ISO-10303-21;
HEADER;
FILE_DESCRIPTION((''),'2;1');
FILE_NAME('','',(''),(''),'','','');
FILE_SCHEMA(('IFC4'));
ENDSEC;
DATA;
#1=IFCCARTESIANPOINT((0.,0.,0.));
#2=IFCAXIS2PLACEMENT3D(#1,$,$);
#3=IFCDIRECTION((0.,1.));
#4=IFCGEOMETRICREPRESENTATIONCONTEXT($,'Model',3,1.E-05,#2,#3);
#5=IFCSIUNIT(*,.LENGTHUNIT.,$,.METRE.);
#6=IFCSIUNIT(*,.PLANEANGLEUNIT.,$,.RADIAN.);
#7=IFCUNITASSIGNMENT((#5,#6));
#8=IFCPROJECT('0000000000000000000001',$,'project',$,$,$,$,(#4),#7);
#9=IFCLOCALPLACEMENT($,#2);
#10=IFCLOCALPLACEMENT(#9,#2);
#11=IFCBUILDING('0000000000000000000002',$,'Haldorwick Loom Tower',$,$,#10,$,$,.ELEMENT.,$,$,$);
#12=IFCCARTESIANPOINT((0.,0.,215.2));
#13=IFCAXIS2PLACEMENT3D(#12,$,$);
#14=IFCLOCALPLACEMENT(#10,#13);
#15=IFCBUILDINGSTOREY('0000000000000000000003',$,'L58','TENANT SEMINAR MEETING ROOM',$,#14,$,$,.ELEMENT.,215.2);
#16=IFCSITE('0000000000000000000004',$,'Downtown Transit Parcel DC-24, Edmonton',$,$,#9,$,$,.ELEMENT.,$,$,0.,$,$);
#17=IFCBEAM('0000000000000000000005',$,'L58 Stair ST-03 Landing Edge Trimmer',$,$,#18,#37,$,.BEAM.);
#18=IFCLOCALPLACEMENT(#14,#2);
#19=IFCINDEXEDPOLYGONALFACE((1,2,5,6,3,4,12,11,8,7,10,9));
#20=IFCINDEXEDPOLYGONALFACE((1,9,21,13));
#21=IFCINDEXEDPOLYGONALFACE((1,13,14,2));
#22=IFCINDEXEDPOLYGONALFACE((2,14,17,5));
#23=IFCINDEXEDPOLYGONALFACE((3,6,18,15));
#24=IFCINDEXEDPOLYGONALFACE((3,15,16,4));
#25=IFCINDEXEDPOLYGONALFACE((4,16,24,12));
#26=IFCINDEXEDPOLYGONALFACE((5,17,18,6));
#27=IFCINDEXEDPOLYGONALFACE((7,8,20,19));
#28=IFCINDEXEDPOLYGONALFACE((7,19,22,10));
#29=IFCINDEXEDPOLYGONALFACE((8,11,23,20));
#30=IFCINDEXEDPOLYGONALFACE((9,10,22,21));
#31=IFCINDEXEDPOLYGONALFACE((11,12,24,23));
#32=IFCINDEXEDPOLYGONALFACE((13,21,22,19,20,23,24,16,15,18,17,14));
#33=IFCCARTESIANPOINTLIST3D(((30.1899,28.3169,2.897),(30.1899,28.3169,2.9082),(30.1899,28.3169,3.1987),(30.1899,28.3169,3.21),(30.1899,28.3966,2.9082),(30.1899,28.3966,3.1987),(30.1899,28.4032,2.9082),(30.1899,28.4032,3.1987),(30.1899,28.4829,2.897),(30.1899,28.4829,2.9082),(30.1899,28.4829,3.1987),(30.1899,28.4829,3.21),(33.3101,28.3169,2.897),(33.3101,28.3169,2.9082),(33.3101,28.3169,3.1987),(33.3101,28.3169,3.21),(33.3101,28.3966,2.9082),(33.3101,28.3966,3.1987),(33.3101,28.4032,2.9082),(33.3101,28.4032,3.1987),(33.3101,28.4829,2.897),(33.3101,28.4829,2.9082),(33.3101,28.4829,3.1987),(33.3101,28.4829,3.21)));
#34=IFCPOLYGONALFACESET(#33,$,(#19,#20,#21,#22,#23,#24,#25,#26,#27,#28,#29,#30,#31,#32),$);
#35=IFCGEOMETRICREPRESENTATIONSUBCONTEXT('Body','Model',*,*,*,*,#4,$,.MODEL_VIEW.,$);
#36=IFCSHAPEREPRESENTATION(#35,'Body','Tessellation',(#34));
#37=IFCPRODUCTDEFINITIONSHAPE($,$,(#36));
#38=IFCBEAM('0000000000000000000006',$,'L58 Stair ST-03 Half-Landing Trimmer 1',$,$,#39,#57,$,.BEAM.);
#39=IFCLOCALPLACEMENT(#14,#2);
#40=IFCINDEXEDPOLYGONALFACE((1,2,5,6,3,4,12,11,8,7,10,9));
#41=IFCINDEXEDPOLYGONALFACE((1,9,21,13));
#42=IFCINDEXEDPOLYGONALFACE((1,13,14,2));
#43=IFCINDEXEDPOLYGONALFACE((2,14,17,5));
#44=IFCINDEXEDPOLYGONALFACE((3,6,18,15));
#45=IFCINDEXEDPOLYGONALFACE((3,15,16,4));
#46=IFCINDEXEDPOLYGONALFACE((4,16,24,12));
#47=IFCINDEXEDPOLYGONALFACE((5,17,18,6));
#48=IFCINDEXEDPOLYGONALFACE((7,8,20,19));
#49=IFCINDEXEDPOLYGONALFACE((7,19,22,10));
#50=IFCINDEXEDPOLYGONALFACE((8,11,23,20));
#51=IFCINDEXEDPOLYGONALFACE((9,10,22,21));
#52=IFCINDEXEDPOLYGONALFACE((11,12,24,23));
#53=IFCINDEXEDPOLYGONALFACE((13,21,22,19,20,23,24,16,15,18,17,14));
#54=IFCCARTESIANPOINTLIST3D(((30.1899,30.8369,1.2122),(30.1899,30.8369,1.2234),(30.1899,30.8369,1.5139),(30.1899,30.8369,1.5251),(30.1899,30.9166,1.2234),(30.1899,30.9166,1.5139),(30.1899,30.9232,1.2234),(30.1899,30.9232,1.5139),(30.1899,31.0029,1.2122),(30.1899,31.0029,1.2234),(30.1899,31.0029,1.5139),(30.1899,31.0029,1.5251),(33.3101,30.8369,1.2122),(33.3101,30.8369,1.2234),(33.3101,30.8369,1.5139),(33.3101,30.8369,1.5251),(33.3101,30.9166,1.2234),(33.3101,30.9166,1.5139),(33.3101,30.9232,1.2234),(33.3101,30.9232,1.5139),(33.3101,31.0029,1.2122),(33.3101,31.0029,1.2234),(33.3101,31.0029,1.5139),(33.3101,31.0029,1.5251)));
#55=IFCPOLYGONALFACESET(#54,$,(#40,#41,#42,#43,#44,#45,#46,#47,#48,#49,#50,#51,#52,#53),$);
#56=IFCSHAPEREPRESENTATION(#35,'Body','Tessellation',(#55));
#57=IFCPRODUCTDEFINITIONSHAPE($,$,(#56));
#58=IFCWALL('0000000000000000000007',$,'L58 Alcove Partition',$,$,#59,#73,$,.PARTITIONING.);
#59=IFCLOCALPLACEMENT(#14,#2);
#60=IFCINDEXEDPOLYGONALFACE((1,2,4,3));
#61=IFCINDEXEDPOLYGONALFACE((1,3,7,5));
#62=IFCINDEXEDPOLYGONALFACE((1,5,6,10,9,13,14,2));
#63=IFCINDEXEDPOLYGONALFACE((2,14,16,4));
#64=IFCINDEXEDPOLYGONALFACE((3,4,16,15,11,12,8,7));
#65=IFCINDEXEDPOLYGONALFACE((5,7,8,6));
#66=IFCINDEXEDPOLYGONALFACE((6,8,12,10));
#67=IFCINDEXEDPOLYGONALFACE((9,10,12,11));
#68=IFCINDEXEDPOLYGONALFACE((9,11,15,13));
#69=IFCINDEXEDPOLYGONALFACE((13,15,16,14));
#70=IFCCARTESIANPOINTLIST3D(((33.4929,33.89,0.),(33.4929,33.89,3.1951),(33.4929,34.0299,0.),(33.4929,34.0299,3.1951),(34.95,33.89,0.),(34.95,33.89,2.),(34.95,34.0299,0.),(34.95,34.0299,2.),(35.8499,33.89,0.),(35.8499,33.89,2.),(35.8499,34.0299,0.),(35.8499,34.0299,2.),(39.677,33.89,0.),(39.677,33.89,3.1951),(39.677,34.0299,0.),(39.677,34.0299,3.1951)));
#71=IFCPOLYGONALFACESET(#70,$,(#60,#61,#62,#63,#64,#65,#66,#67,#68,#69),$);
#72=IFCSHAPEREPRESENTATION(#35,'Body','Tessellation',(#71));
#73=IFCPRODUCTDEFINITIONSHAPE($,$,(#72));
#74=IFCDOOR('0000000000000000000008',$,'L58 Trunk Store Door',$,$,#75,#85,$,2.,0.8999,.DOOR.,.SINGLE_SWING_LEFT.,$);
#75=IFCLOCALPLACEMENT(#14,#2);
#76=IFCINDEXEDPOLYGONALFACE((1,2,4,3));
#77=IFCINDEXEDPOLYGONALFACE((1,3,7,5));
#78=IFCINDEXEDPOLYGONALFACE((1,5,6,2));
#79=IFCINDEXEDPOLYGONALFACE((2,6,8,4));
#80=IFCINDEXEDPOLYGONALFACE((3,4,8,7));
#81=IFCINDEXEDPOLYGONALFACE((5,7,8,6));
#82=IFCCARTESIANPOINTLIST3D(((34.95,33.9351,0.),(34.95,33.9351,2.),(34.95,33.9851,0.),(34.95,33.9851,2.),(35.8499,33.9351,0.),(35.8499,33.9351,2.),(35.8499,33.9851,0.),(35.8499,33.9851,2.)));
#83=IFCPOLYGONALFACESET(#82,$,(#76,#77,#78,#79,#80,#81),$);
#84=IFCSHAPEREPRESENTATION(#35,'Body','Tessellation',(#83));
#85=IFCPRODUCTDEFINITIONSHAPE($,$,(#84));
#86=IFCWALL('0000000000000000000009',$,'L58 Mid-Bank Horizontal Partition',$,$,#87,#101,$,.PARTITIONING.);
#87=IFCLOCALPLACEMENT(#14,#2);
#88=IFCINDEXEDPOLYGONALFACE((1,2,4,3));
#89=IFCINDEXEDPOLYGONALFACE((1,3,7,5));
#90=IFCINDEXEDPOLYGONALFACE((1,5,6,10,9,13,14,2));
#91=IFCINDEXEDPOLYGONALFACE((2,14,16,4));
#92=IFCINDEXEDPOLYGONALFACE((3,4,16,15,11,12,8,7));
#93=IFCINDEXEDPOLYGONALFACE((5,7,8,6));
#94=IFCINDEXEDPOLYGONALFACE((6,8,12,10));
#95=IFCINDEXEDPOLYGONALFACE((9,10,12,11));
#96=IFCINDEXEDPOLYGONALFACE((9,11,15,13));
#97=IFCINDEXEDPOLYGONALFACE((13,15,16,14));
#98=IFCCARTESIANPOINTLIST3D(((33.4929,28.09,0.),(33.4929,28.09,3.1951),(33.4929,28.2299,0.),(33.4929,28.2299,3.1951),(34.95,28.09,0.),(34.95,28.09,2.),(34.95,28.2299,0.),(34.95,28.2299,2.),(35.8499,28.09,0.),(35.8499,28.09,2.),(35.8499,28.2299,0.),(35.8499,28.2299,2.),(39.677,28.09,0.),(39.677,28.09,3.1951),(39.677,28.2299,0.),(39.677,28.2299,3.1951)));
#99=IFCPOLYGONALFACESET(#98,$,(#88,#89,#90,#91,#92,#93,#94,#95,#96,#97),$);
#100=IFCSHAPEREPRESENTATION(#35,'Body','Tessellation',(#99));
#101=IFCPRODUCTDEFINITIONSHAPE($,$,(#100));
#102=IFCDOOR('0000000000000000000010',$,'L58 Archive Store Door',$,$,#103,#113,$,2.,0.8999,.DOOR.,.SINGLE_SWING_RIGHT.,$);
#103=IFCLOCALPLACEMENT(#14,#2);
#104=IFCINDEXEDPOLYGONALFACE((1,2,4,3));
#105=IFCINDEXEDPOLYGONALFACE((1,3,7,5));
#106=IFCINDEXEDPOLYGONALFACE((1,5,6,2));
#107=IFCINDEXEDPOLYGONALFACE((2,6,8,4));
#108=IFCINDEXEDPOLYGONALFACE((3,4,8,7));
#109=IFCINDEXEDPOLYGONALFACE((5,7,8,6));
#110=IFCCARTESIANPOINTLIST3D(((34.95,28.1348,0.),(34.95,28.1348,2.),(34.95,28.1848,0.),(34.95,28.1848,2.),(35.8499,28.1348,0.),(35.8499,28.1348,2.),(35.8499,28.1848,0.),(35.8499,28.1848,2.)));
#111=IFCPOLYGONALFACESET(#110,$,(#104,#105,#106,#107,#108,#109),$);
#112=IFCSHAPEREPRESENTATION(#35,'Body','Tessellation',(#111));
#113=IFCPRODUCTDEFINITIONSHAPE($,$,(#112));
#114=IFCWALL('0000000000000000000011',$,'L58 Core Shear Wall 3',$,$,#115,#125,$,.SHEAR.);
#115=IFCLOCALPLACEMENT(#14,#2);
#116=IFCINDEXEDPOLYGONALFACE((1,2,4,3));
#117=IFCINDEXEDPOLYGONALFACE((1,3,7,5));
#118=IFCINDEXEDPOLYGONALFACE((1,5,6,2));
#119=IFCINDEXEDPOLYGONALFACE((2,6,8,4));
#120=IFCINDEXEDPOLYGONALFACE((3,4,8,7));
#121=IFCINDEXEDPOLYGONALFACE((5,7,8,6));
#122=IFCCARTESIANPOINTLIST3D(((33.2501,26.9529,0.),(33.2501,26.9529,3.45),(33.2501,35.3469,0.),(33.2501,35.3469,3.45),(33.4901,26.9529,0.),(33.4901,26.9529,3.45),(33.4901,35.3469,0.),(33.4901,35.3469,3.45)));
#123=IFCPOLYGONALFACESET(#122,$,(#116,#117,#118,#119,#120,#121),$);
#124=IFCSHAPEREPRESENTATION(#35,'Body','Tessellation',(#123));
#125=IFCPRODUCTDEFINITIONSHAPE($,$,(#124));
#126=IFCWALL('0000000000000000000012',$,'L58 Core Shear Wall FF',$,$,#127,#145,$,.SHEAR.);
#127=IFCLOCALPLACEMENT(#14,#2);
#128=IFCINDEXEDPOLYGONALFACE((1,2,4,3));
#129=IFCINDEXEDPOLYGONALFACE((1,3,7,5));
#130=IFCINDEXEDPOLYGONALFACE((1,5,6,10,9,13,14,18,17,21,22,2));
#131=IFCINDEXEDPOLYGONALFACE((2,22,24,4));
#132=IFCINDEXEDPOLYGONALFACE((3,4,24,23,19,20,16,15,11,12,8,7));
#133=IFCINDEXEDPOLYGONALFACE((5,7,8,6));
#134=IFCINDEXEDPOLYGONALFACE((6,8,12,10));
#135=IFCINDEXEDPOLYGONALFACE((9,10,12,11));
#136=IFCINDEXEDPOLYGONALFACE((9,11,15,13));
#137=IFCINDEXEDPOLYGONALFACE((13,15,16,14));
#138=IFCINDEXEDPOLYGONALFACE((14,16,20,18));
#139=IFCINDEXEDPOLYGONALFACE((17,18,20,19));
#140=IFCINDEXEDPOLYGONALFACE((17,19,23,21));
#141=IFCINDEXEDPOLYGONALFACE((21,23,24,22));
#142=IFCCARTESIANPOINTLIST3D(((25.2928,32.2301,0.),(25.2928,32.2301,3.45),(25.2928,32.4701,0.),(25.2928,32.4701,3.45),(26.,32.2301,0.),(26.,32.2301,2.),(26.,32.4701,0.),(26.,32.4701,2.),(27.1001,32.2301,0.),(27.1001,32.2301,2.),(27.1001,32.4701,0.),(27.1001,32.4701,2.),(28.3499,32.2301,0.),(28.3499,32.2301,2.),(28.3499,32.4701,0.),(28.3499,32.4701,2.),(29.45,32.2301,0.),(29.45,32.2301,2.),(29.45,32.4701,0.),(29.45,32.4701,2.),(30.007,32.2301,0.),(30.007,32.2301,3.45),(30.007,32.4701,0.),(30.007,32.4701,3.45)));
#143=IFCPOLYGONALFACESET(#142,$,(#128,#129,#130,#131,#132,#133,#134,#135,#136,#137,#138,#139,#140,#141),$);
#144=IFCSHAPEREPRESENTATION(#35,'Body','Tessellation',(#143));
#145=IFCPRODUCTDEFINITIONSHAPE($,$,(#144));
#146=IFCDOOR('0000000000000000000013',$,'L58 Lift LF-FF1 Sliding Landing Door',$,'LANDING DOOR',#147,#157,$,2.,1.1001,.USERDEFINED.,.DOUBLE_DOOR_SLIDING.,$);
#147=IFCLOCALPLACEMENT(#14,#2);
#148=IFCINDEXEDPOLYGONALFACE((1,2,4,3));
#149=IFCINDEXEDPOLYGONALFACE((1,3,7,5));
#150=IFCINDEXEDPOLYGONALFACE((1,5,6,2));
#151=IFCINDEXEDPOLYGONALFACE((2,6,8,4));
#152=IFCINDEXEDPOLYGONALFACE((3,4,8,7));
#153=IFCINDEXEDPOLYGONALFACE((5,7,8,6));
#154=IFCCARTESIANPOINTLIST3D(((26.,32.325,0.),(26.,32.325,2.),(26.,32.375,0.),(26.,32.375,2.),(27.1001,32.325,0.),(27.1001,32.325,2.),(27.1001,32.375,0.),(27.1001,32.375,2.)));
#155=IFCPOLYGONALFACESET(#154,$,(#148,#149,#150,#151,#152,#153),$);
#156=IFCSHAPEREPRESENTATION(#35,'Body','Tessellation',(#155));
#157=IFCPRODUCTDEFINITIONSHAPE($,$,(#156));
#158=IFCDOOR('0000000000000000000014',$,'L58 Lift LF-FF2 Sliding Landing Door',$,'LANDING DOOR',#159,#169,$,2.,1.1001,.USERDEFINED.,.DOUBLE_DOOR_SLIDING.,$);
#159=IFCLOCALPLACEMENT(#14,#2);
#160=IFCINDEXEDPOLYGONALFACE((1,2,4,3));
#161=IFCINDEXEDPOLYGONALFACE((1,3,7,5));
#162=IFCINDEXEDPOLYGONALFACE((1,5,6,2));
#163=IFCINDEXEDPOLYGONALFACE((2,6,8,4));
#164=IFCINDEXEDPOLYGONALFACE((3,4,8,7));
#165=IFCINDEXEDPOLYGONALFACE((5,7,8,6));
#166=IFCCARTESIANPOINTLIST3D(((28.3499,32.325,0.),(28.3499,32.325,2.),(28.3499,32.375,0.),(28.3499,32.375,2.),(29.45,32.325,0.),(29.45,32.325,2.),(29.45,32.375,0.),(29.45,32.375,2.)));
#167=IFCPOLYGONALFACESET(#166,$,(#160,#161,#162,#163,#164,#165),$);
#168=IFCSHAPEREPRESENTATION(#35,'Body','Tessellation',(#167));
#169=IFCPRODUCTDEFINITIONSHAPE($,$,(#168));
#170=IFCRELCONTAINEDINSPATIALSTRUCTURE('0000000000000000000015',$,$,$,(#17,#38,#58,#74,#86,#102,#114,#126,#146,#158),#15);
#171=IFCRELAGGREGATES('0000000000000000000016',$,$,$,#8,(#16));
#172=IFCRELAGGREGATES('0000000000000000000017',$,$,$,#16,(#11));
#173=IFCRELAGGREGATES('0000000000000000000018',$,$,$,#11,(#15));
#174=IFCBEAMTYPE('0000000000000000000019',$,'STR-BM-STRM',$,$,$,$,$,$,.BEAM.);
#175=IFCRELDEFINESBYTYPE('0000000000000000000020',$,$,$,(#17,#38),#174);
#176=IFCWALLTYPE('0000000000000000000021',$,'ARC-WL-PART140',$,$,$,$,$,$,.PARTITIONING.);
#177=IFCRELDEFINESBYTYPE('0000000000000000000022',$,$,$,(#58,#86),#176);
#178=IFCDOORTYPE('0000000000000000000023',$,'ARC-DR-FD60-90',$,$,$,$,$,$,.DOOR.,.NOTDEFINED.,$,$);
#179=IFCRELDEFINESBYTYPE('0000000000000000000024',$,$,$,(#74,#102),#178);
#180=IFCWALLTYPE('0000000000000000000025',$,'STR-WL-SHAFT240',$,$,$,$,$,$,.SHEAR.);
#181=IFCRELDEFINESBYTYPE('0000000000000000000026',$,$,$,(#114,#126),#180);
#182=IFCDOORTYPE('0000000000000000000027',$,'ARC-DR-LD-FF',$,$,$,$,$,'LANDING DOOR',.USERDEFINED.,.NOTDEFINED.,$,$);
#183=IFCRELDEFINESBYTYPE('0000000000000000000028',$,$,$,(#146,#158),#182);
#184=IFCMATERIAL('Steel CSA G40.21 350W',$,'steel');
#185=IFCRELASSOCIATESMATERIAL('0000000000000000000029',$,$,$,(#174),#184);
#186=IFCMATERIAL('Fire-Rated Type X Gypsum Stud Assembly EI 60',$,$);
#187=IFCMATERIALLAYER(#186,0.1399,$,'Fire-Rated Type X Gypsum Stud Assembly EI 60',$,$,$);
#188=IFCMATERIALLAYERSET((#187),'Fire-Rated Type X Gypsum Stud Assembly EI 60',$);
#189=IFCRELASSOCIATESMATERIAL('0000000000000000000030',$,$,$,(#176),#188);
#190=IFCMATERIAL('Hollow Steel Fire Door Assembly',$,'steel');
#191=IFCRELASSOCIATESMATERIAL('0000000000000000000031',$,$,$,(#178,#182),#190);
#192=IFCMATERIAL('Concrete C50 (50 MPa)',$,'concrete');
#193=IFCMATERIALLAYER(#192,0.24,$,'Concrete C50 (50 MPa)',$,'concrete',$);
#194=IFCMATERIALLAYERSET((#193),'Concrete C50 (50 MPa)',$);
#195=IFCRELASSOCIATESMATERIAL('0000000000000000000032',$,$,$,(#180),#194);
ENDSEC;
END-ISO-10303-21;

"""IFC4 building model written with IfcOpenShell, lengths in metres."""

from ifc_helpers import new_model, si_unit, direction, frame, frame_2d, origin, origin_2d, place, context, subcontext, project, spatial, rectangle, i_section, extrude, material, layer, layer_set, material_profile, profile_set, type_object, element, fill, save


model = new_model("IFC4")

# Units and contexts
model_context = context("Model", 3, precision=1e-05, world=origin(), true_north=direction((0.0, 1.0)))
body_context = subcontext(model_context, "Body", "Model", "MODEL_VIEW")
ifc_project = project(units=[si_unit("LENGTHUNIT", "METRE"), si_unit("PLANEANGLEUNIT", "RADIAN")], contexts=[model_context])

# Site, building, storey
site_placement = place(None, origin())
site = spatial("IfcSite", under=ifc_project, at=site_placement, Name="Downtown Transit Parcel DC-24, Edmonton", CompositionType="ELEMENT", RefElevation=0.0)
building_placement = place(site_placement, origin())
building = spatial("IfcBuilding", under=site, at=building_placement, Name="Haldorwick Loom Tower", CompositionType="ELEMENT")
storey_placement = place(building_placement, frame((0.0, 0.0, 215.2)))
storey = spatial("IfcBuildingStorey", under=building, at=storey_placement, Name="L58", Description="TENANT SEMINAR MEETING ROOM", CompositionType="ELEMENT", Elevation=215.2)

# Beams
ifc_material_1 = material(Name="Steel CSA G40.21 350W", Category="steel")
ifc_material_profile = material_profile(ifc_material_1, i_section(OverallWidth=0.166, OverallDepth=0.313, WebThickness=0.0066, FlangeThickness=0.0112, at=origin_2d()), Name="W310X45", Category="steel")
ifc_profile_set = profile_set([ifc_material_profile], Name="Steel CSA G40.21 350W")
beam_type = type_object("IfcBeamType", Name="STR-BM-STRM", PredefinedType="BEAM", material=ifc_profile_set)
for number, where, z_axis, x_axis, name in (
    (1, (30.1899, 28.3999, 3.0535), (1.0, 0.0, 0.0), (0.0, 1.0, 0.0), "L58 Stair ST-03 Landing Edge Trimmer"),
    (2, (30.1899, 30.9199, 1.3687), (1.0, 0.0, 0.0), (0.0, 1.0, 0.0), "L58 Stair ST-03 Half-Landing Trimmer 1"),
):
    element("IfcBeam", number, at=place(storey_placement, frame(where, z_axis=z_axis, x_axis=x_axis)), inside=storey, type_object=beam_type, Name=name, PredefinedType="BEAM", context=body_context, shape_type="SweptSolid", body=[
        extrude(i_section(OverallWidth=0.166, OverallDepth=0.313, WebThickness=0.0066, FlangeThickness=0.0112, at=origin_2d()), origin(), (0.0, 0.0, 1.0), 3.1201),
    ])

# Walls, openings, doors
ifc_material_2 = material(Name="Fire-Rated Type X Gypsum Stud Assembly EI 60")
ifc_layer_1 = layer(ifc_material_2, 0.1399, Name="Fire-Rated Type X Gypsum Stud Assembly EI 60")
ifc_layer_set_1 = layer_set([ifc_layer_1], Name="Fire-Rated Type X Gypsum Stud Assembly EI 60")
wall_type_1 = type_object("IfcWallType", Name="ARC-WL-PART140", PredefinedType="PARTITIONING", material=ifc_layer_set_1)
wall_1_placement = place(storey_placement, frame((33.4929, 33.96, 0.0), z_axis=(0.0, 0.0, 1.0), x_axis=(1.0, 0.0, 0.0)))
wall_1 = element("IfcWall", 3, at=wall_1_placement, inside=storey, type_object=wall_type_1, Name="L58 Alcove Partition", PredefinedType="PARTITIONING", context=body_context, shape_type="SweptSolid", body=[
    extrude(rectangle(XDim=6.1841, YDim=0.1399, at=frame_2d((3.092, 0.0))), origin(), (0.0, 0.0, 1.0), 3.1951),
])
opening_1_placement = place(wall_1_placement, frame((1.457, 0.0, 0.0)))
opening_1 = element("IfcOpeningElement", 4, at=opening_1_placement, cuts=wall_1, PredefinedType="OPENING", context=body_context, shape_type="SweptSolid", body=[
    extrude(rectangle(XDim=0.8999, YDim=2.0, at=frame_2d((0.45, 1.0))), frame((0.0, 0.0798, 0.0), z_axis=(0.0, -1.0, 0.0), x_axis=(1.0, 0.0, 0.0)), (0.0, 0.0, 1.0), 0.1599),
])
ifc_material_3 = material(Name="Hollow Steel Fire Door Assembly", Category="steel")
door_type_1 = type_object("IfcDoorType", Name="ARC-DR-FD60-90", OperationType="NOTDEFINED", PredefinedType="DOOR", material=ifc_material_3)
door_1_placement = place(opening_1_placement, frame((0.8999, 0.0, 0.0), z_axis=(0.0, 0.0, 1.0), x_axis=(-1.0, 0.0, 0.0)))
door_1 = element("IfcDoor", 5, at=door_1_placement, inside=storey, type_object=door_type_1, Name="L58 Trunk Store Door", OperationType="SINGLE_SWING_LEFT", OverallHeight=2.0, OverallWidth=0.8999, PredefinedType="DOOR", context=body_context, shape_type="SweptSolid", body=[
    extrude(rectangle(XDim=0.8999, YDim=2.0, at=frame_2d((0.45, 1.0))), frame((0.0, 0.0249, 0.0), z_axis=(0.0, -1.0, 0.0), x_axis=(1.0, 0.0, 0.0)), (0.0, 0.0, 1.0), 0.05),
])
fill(opening_1, door_1)
wall_2_placement = place(storey_placement, frame((33.4929, 28.1599, 0.0), z_axis=(0.0, 0.0, 1.0), x_axis=(1.0, 0.0, 0.0)))
wall_2 = element("IfcWall", 6, at=wall_2_placement, inside=storey, type_object=wall_type_1, Name="L58 Mid-Bank Horizontal Partition", PredefinedType="PARTITIONING", context=body_context, shape_type="SweptSolid", body=[
    extrude(rectangle(XDim=6.1841, YDim=0.1399, at=frame_2d((3.092, 0.0))), origin(), (0.0, 0.0, 1.0), 3.1951),
])
opening_2_placement = place(wall_2_placement, frame((1.457, 0.0, 0.0)))
opening_2 = element("IfcOpeningElement", 7, at=opening_2_placement, cuts=wall_2, PredefinedType="OPENING", context=body_context, shape_type="SweptSolid", body=[
    extrude(rectangle(XDim=0.8999, YDim=2.0, at=frame_2d((0.45, 1.0))), frame((0.0, 0.0798, 0.0), z_axis=(0.0, -1.0, 0.0), x_axis=(1.0, 0.0, 0.0)), (0.0, 0.0, 1.0), 0.1599),
])
door_2_placement = place(opening_2_placement, origin())
door_2 = element("IfcDoor", 8, at=door_2_placement, inside=storey, type_object=door_type_1, Name="L58 Archive Store Door", OperationType="SINGLE_SWING_RIGHT", OverallHeight=2.0, OverallWidth=0.8999, PredefinedType="DOOR", context=body_context, shape_type="SweptSolid", body=[
    extrude(rectangle(XDim=0.8999, YDim=2.0, at=frame_2d((0.45, 1.0))), frame((0.0, 0.0249, 0.0), z_axis=(0.0, -1.0, 0.0), x_axis=(1.0, 0.0, 0.0)), (0.0, 0.0, 1.0), 0.05),
])
fill(opening_2, door_2)

# Wall
ifc_material_4 = material(Name="Concrete C50 (50 MPa)", Category="concrete")
ifc_layer_2 = layer(ifc_material_4, 0.24, Name="Concrete C50 (50 MPa)", Category="concrete")
ifc_layer_set_2 = layer_set([ifc_layer_2], Name="Concrete C50 (50 MPa)")
wall_type_2 = type_object("IfcWallType", Name="STR-WL-SHAFT240", PredefinedType="SHEAR", material=ifc_layer_set_2)
wall_3_placement = place(storey_placement, frame((33.3701, 26.9529, 0.0), z_axis=(0.0, 0.0, 1.0), x_axis=(0.0, 1.0, 0.0)))
element("IfcWall", 9, at=wall_3_placement, inside=storey, type_object=wall_type_2, Name="L58 Core Shear Wall 3", PredefinedType="SHEAR", context=body_context, shape_type="SweptSolid", body=[
    extrude(rectangle(XDim=8.394, YDim=0.24, at=frame_2d((4.197, 0.0))), origin(), (0.0, 0.0, 1.0), 3.45),
])

# Wall, openings, doors
wall_4_placement = place(storey_placement, frame((25.293, 32.3501, 0.0), z_axis=(0.0, 0.0, 1.0), x_axis=(1.0, 0.0, 0.0)))
wall_4 = element("IfcWall", 10, at=wall_4_placement, inside=storey, type_object=wall_type_2, Name="L58 Core Shear Wall FF", PredefinedType="SHEAR", context=body_context, shape_type="SweptSolid", body=[
    extrude(rectangle(XDim=4.7141, YDim=0.24, at=frame_2d((2.3569, 0.0))), origin(), (0.0, 0.0, 1.0), 3.45),
])
opening_3_placement = place(wall_4_placement, frame((0.707, 0.0, 0.0)))
opening_3 = element("IfcOpeningElement", 11, at=opening_3_placement, cuts=wall_4, PredefinedType="OPENING", context=body_context, shape_type="SweptSolid", body=[
    extrude(rectangle(XDim=1.1001, YDim=2.0, at=frame_2d((0.55, 1.0))), frame((0.0, 0.1299, 0.0), z_axis=(0.0, -1.0, 0.0), x_axis=(1.0, 0.0, 0.0)), (0.0, 0.0, 1.0), 0.26),
])
opening_4_placement = place(wall_4_placement, frame((3.0569, 0.0, 0.0)))
opening_4 = element("IfcOpeningElement", 12, at=opening_4_placement, cuts=wall_4, PredefinedType="OPENING", context=body_context, shape_type="SweptSolid", body=[
    extrude(rectangle(XDim=1.1001, YDim=2.0, at=frame_2d((0.55, 1.0))), frame((0.0, 0.1299, 0.0), z_axis=(0.0, -1.0, 0.0), x_axis=(1.0, 0.0, 0.0)), (0.0, 0.0, 1.0), 0.26),
])
door_type_2 = type_object("IfcDoorType", Name="ARC-DR-LD-FF", ElementType="LANDING DOOR", OperationType="NOTDEFINED", PredefinedType="USERDEFINED", material=ifc_material_3)
door_3_placement = place(opening_3_placement, origin())
door_3 = element("IfcDoor", 13, at=door_3_placement, inside=storey, type_object=door_type_2, Name="L58 Lift LF-FF1 Sliding Landing Door", ObjectType="LANDING DOOR", OperationType="DOUBLE_DOOR_SLIDING", OverallHeight=2.0, OverallWidth=1.1001, PredefinedType="USERDEFINED", context=body_context, shape_type="SweptSolid", body=[
    extrude(rectangle(XDim=1.1001, YDim=2.0, at=frame_2d((0.55, 1.0))), frame((0.0, 0.0249, 0.0), z_axis=(0.0, -1.0, 0.0), x_axis=(1.0, 0.0, 0.0)), (0.0, 0.0, 1.0), 0.05),
])
fill(opening_3, door_3)
door_4_placement = place(opening_4_placement, origin())
door_4 = element("IfcDoor", 14, at=door_4_placement, inside=storey, type_object=door_type_2, Name="L58 Lift LF-FF2 Sliding Landing Door", ObjectType="LANDING DOOR", OperationType="DOUBLE_DOOR_SLIDING", OverallHeight=2.0, OverallWidth=1.1001, PredefinedType="USERDEFINED", context=body_context, shape_type="SweptSolid", body=[
    extrude(rectangle(XDim=1.1001, YDim=2.0, at=frame_2d((0.55, 1.0))), frame((0.0, 0.0249, 0.0), z_axis=(0.0, -1.0, 0.0), x_axis=(1.0, 0.0, 0.0)), (0.0, 0.0, 1.0), 0.05),
])
fill(opening_4, door_4)

save(model, "model.ifc")
